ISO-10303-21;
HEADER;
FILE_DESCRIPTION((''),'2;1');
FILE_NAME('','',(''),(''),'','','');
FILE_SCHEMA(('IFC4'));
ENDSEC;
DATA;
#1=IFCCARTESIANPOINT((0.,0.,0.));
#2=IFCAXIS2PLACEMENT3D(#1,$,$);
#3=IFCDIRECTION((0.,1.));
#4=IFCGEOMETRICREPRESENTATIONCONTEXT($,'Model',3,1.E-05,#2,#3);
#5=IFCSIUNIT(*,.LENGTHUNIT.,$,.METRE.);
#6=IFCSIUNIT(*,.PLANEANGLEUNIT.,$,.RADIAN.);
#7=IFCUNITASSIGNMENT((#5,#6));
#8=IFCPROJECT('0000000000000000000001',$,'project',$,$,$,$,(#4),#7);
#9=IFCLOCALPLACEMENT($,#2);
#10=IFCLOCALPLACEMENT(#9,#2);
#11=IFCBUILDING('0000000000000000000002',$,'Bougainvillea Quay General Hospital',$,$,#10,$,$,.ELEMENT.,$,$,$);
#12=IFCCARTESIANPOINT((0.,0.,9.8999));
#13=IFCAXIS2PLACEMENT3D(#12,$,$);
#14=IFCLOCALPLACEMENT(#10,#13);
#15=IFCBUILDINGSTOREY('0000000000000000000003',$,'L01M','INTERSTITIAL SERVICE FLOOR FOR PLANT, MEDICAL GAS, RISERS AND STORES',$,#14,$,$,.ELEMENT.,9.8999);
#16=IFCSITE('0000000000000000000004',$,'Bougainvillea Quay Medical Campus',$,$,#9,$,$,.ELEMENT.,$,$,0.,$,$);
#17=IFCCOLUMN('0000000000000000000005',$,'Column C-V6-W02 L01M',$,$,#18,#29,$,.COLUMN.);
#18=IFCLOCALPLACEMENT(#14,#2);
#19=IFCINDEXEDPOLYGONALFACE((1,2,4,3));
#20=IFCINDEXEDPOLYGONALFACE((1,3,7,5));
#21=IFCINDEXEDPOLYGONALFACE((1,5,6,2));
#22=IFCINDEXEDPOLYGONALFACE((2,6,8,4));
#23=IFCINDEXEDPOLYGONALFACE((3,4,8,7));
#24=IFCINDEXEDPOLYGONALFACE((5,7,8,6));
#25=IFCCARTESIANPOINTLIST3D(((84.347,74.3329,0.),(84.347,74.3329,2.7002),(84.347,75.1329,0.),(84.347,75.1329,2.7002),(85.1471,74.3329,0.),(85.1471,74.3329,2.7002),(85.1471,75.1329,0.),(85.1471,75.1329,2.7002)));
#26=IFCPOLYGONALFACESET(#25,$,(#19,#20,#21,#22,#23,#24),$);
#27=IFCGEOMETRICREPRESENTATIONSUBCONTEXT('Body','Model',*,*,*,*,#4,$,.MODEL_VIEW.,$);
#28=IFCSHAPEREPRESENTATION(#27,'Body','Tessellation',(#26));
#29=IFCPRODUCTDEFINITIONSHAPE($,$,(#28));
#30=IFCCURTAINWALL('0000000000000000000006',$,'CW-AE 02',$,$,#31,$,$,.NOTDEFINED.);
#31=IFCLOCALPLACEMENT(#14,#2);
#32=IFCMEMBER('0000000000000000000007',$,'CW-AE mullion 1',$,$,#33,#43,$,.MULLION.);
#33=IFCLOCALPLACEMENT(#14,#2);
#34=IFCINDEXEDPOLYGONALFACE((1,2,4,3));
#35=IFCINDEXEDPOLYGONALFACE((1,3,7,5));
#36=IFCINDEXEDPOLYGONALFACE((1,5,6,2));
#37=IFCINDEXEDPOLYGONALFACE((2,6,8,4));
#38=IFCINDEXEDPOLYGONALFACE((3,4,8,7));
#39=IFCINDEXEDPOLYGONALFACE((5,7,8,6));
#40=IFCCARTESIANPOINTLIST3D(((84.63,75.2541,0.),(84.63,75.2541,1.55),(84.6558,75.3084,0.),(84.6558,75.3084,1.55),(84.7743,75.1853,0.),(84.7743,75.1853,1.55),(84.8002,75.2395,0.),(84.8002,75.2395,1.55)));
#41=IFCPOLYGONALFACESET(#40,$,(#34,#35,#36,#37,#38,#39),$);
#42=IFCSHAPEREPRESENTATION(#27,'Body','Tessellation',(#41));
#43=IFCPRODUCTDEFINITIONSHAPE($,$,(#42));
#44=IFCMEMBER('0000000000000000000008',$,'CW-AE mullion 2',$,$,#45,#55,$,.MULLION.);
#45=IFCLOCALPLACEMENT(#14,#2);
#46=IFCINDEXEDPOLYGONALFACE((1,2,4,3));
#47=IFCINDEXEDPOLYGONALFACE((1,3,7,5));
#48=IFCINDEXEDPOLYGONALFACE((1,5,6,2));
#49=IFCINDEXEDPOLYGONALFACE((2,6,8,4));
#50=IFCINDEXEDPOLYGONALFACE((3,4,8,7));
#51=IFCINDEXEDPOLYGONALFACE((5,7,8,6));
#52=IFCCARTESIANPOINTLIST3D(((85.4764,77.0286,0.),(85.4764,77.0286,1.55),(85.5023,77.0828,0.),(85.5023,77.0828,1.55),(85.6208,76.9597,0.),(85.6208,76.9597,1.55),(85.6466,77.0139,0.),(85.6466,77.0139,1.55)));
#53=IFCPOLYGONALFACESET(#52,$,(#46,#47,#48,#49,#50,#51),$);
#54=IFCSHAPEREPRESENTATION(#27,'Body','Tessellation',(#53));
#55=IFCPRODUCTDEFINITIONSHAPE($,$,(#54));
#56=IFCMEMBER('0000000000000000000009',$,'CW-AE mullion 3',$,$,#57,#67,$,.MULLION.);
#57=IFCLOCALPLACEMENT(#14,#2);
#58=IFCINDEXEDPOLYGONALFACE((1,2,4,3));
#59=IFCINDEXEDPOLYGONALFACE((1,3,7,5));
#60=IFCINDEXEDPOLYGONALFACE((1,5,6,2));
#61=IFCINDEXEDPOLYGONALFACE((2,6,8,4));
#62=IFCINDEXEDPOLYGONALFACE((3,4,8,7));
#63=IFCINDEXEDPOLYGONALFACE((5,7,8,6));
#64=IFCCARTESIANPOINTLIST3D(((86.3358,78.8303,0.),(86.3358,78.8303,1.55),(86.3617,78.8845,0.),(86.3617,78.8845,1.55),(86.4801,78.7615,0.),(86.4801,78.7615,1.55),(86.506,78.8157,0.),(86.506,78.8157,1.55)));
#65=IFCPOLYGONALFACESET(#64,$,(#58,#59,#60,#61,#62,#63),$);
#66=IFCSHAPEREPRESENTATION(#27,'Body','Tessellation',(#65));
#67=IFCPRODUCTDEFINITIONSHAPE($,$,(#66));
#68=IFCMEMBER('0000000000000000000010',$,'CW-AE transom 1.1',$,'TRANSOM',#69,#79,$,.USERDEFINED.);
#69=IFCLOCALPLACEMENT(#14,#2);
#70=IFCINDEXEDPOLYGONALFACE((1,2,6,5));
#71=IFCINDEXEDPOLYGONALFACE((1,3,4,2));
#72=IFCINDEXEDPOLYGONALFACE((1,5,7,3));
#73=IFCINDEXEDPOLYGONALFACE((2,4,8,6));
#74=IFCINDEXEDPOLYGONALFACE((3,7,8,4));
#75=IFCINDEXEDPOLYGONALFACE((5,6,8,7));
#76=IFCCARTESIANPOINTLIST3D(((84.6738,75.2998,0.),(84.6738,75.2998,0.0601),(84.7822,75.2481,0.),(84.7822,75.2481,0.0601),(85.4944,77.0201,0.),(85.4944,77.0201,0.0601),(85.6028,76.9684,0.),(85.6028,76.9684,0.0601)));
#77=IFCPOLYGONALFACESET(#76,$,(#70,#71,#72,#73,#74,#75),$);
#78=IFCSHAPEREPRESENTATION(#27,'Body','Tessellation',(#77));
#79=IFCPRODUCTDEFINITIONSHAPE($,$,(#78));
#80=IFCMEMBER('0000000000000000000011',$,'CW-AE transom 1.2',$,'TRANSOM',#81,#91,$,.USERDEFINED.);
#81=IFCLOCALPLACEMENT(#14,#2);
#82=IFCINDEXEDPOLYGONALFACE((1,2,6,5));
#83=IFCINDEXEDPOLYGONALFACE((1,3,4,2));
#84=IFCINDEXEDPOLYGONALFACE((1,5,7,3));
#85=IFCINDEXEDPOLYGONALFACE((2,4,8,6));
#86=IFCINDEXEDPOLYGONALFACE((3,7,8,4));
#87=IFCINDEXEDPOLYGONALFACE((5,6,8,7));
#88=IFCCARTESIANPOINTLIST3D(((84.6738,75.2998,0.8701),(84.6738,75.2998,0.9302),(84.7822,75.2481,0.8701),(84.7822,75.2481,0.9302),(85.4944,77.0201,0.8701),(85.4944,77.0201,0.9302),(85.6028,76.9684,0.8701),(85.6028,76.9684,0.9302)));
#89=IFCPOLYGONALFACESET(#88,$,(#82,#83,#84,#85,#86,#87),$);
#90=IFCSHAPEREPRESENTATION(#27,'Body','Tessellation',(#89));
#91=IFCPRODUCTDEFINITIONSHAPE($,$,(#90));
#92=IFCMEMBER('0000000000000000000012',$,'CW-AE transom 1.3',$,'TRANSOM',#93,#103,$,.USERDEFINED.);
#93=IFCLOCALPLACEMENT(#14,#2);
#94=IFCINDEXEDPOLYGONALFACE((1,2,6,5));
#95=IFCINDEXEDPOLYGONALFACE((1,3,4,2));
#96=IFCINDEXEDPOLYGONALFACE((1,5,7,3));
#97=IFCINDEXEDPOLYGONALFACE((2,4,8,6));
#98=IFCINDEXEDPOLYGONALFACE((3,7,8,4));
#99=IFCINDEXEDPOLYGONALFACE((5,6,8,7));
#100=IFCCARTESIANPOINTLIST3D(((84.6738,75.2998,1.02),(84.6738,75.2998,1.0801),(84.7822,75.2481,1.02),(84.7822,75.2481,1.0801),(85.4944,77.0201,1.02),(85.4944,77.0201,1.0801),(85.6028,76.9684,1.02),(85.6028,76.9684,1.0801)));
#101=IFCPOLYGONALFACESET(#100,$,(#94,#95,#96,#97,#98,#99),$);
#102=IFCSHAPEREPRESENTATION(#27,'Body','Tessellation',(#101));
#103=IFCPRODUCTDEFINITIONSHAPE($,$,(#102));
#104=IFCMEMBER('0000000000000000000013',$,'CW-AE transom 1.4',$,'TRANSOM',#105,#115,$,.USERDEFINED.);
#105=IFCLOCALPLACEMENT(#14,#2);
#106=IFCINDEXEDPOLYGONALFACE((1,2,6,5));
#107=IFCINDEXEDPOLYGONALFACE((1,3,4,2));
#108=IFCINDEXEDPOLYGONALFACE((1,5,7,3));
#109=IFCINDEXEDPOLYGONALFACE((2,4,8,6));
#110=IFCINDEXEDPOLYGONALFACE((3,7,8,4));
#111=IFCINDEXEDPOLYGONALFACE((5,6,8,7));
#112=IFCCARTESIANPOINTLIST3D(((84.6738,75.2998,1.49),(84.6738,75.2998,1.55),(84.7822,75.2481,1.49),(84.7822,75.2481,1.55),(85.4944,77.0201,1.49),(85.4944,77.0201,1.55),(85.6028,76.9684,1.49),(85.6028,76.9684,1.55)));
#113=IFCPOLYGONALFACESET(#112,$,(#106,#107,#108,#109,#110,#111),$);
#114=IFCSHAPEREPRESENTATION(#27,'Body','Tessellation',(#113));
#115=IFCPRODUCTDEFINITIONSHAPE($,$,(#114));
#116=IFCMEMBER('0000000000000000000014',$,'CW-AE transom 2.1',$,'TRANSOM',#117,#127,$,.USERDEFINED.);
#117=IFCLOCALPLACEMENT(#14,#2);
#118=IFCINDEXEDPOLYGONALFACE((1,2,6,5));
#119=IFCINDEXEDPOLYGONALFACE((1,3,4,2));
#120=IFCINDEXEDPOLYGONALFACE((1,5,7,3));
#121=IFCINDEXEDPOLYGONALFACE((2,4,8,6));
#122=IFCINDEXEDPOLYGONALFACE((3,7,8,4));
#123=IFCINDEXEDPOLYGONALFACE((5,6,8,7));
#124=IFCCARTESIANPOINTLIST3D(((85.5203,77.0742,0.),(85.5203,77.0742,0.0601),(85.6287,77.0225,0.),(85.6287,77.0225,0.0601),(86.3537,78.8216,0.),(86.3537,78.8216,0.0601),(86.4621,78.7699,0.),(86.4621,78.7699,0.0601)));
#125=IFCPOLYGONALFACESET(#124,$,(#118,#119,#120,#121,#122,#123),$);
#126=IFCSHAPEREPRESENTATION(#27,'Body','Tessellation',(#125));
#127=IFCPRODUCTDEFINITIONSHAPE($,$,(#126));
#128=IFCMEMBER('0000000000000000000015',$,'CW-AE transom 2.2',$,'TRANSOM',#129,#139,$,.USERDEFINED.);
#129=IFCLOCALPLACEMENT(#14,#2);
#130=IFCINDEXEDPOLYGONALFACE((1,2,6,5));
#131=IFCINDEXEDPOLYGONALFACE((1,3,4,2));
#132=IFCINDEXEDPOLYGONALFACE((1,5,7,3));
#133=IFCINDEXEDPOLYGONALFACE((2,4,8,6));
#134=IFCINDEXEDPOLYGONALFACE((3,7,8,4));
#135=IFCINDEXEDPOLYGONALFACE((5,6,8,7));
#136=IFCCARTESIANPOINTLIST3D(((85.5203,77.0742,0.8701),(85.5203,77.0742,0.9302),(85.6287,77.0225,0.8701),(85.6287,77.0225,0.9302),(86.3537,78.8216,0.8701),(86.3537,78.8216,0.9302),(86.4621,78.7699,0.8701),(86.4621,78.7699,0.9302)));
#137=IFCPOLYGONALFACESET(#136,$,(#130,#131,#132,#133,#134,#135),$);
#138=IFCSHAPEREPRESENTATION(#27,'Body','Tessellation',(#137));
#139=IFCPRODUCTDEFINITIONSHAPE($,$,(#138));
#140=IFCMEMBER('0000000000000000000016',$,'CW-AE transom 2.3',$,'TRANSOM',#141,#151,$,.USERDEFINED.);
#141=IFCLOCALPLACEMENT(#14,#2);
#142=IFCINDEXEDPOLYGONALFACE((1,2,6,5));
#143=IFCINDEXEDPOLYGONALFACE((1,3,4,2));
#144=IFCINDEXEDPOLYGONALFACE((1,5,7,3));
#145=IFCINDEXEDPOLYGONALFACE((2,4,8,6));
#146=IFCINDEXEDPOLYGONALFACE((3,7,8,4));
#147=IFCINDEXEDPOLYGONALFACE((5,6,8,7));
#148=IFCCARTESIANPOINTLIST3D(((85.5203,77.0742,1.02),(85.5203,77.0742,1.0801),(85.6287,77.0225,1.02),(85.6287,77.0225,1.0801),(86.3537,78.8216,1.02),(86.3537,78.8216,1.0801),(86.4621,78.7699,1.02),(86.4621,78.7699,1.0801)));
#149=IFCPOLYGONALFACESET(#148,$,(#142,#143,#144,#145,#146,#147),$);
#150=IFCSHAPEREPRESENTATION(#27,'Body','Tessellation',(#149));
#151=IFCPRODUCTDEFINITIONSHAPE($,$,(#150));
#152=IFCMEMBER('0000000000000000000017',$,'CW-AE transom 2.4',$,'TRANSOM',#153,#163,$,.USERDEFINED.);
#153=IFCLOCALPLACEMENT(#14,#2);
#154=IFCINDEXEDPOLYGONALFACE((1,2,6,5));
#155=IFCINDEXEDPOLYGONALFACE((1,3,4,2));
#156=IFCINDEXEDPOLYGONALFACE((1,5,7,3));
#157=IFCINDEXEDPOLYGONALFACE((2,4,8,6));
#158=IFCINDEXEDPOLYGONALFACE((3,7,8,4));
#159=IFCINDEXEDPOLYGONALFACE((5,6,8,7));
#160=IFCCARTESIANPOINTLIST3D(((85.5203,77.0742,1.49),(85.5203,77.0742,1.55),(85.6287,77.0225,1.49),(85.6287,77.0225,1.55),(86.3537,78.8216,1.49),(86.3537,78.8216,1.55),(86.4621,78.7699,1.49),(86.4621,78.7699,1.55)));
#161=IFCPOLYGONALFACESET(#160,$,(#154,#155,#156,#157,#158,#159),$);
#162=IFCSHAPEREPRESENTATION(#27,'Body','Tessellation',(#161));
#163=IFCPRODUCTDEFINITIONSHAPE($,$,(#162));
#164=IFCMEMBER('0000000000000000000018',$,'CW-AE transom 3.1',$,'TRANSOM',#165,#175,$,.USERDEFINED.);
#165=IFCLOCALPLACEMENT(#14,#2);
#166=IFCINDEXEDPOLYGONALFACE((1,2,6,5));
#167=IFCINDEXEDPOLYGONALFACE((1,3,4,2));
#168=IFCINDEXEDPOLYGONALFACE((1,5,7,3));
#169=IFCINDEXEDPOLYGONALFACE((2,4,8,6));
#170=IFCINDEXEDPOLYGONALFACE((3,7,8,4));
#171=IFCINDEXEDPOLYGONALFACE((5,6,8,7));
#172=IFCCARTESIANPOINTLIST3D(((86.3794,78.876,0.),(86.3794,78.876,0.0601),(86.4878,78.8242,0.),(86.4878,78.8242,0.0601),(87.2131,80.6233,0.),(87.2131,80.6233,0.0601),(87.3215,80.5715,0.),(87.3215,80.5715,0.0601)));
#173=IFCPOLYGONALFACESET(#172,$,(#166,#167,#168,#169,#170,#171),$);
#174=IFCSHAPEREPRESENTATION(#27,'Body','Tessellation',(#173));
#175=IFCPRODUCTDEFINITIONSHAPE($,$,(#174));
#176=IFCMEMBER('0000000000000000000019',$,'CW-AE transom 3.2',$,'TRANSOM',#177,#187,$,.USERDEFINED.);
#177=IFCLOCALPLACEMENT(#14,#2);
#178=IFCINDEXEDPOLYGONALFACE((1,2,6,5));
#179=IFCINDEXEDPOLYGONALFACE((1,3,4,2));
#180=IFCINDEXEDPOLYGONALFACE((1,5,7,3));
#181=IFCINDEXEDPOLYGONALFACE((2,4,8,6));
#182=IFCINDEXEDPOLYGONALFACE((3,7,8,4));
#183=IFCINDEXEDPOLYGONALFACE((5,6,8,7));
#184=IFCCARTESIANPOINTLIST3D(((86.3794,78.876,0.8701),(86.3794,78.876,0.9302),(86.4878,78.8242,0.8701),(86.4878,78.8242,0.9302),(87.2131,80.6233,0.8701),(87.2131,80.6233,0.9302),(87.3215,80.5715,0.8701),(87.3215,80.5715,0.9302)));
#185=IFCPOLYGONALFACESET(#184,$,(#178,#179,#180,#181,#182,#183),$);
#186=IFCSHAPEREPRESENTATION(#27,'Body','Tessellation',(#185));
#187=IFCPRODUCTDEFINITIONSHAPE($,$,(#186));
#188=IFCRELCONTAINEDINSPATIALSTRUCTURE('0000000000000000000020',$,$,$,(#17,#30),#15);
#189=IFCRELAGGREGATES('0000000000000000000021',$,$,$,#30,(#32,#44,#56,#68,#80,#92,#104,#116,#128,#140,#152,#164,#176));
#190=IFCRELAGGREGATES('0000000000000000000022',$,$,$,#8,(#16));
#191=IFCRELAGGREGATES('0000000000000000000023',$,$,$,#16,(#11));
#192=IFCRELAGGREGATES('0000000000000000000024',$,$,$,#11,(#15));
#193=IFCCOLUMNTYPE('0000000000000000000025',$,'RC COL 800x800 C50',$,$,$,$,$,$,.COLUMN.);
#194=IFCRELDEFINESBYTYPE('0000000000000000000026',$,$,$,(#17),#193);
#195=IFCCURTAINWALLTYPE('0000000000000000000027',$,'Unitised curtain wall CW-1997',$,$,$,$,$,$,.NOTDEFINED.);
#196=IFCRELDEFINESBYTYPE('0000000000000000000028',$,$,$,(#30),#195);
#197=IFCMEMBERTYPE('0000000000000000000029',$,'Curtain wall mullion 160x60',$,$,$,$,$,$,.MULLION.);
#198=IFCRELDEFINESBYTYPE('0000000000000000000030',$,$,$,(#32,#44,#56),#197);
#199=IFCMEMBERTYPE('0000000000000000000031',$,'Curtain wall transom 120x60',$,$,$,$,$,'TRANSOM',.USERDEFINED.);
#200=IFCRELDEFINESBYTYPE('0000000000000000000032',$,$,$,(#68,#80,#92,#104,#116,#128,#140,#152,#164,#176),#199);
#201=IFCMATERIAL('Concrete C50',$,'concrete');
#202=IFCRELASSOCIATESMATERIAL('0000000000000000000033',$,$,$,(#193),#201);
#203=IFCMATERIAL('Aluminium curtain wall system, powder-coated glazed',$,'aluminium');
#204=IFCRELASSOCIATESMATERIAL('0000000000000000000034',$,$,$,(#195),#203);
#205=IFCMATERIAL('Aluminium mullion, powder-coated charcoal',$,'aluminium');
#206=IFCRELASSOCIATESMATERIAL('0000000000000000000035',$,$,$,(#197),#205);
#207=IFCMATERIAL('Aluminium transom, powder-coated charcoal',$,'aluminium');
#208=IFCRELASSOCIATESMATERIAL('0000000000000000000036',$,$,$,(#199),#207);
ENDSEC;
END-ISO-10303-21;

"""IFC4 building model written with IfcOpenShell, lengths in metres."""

from ifc_helpers import new_model, si_unit, direction, frame, origin, origin_2d, place, context, subcontext, project, spatial, rectangle, extrude, material, material_profile, profile_set, type_object, element, aggregate, save


model = new_model("IFC4")

# Units and contexts
model_context = context("Model", 3, precision=1e-05, world=origin(), true_north=direction((0.0, 1.0)))
body_context = subcontext(model_context, "Body", "Model", "MODEL_VIEW")
ifc_project = project(units=[si_unit("LENGTHUNIT", "METRE"), si_unit("PLANEANGLEUNIT", "RADIAN")], contexts=[model_context])

# Site, building, storey
site_placement = place(None, origin())
site = spatial("IfcSite", under=ifc_project, at=site_placement, Name="Bougainvillea Quay Medical Campus", CompositionType="ELEMENT", RefElevation=0.0)
building_placement = place(site_placement, origin())
building = spatial("IfcBuilding", under=site, at=building_placement, Name="Bougainvillea Quay General Hospital", CompositionType="ELEMENT")
storey_placement = place(building_placement, frame((0.0, 0.0, 9.8999)))
storey = spatial("IfcBuildingStorey", under=building, at=storey_placement, Name="L01M", Description="INTERSTITIAL SERVICE FLOOR FOR PLANT, MEDICAL GAS, RISERS AND STORES", CompositionType="ELEMENT", Elevation=9.8999)

# Column
ifc_material_1 = material(Name="Concrete C50", Category="concrete")
ifc_material_profile_1 = material_profile(ifc_material_1, rectangle(XDim=0.8, YDim=0.8, at=origin_2d()))
ifc_profile_set_1 = profile_set([ifc_material_profile_1], Name="Concrete C50")
column_type = type_object("IfcColumnType", Name="RC COL 800x800 C50", PredefinedType="COLUMN", material=ifc_profile_set_1)
column_placement = place(storey_placement, frame((84.7471, 74.7329, 0.0), z_axis=(0.0, 0.0, 1.0), x_axis=(1.0, 0.0, 0.0)))
element("IfcColumn", 1, at=column_placement, inside=storey, type_object=column_type, Name="Column C-V6-W02 L01M", PredefinedType="COLUMN", context=body_context, shape_type="SweptSolid", body=[
    extrude(rectangle(XDim=0.8, YDim=0.8, at=origin_2d()), origin(), (0.0, 0.0, 1.0), 2.7002),
])

# Curtain wall, members
ifc_material_2 = material(Name="Aluminium curtain wall system, powder-coated glazed", Category="aluminium")
curtain_wall_type = type_object("IfcCurtainWallType", Name="Unitised curtain wall CW-1997", PredefinedType="NOTDEFINED", material=ifc_material_2)
curtain_wall_placement = place(storey_placement, origin())
curtain_wall = element("IfcCurtainWall", 2, at=curtain_wall_placement, inside=storey, type_object=curtain_wall_type, Name="CW-AE 02", PredefinedType="NOTDEFINED")
ifc_material_3 = material(Name="Aluminium mullion, powder-coated charcoal", Category="aluminium")
ifc_material_profile_2 = material_profile(ifc_material_3, rectangle(XDim=0.1599, YDim=0.0601, at=origin_2d()))
ifc_profile_set_2 = profile_set([ifc_material_profile_2], Name="Aluminium mullion, powder-coated charcoal")
member_type_1 = type_object("IfcMemberType", Name="Curtain wall mullion 160x60", PredefinedType="MULLION", material=ifc_profile_set_2)
member_1_placement = place(storey_placement, frame((84.7151, 75.2468, 0.0), z_axis=(0.0, 0.0, 1.0), x_axis=(-0.902578, 0.430525, 0.0)))
member_1 = element("IfcMember", 3, at=member_1_placement, type_object=member_type_1, Name="CW-AE mullion 1", PredefinedType="MULLION", context=body_context, shape_type="SweptSolid", body=[
    extrude(rectangle(XDim=0.1599, YDim=0.0601, at=origin_2d()), origin(), (0.0, 0.0, 1.0), 1.55),
])
member_2_placement = place(storey_placement, frame((85.5615, 77.0212, 0.0), z_axis=(0.0, 0.0, 1.0), x_axis=(-0.902578, 0.430525, 0.0)))
member_2 = element("IfcMember", 4, at=member_2_placement, type_object=member_type_1, Name="CW-AE mullion 2", PredefinedType="MULLION", context=body_context, shape_type="SweptSolid", body=[
    extrude(rectangle(XDim=0.1599, YDim=0.0601, at=origin_2d()), origin(), (0.0, 0.0, 1.0), 1.55),
])
member_3_placement = place(storey_placement, frame((86.4209, 78.823, 0.0), z_axis=(0.0, 0.0, 1.0), x_axis=(-0.902578, 0.430525, 0.0)))
member_3 = element("IfcMember", 5, at=member_3_placement, type_object=member_type_1, Name="CW-AE mullion 3", PredefinedType="MULLION", context=body_context, shape_type="SweptSolid", body=[
    extrude(rectangle(XDim=0.1599, YDim=0.0601, at=origin_2d()), origin(), (0.0, 0.0, 1.0), 1.55),
])
ifc_material_4 = material(Name="Aluminium transom, powder-coated charcoal", Category="aluminium")
ifc_material_profile_3 = material_profile(ifc_material_4, rectangle(XDim=0.1201, YDim=0.0601, at=origin_2d()))
ifc_profile_set_3 = profile_set([ifc_material_profile_3], Name="Aluminium transom, powder-coated charcoal")
member_type_2 = type_object("IfcMemberType", Name="Curtain wall transom 120x60", ElementType="TRANSOM", PredefinedType="USERDEFINED", material=ifc_profile_set_3)
member_4_placement = place(storey_placement, frame((84.728, 75.2739, 0.03), z_axis=(0.430535, 0.902574, 0.0), x_axis=(-0.902574, 0.430535, 0.0)))
member_4 = element("IfcMember", 6, at=member_4_placement, type_object=member_type_2, Name="CW-AE transom 1.1", ObjectType="TRANSOM", PredefinedType="USERDEFINED", context=body_context, shape_type="SweptSolid", body=[
    extrude(rectangle(XDim=0.1201, YDim=0.0601, at=origin_2d()), origin(), (0.0, 0.0, 1.0), 1.906),
])
member_5_placement = place(storey_placement, frame((84.728, 75.2739, 0.9001), z_axis=(0.430535, 0.902574, 0.0), x_axis=(-0.902574, 0.430535, 0.0)))
member_5 = element("IfcMember", 7, at=member_5_placement, type_object=member_type_2, Name="CW-AE transom 1.2", ObjectType="TRANSOM", PredefinedType="USERDEFINED", context=body_context, shape_type="SweptSolid", body=[
    extrude(rectangle(XDim=0.1201, YDim=0.0601, at=origin_2d()), origin(), (0.0, 0.0, 1.0), 1.906),
])
member_6_placement = place(storey_placement, frame((84.728, 75.2739, 1.05), z_axis=(0.430535, 0.902574, 0.0), x_axis=(-0.902574, 0.430535, 0.0)))
member_6 = element("IfcMember", 8, at=member_6_placement, type_object=member_type_2, Name="CW-AE transom 1.3", ObjectType="TRANSOM", PredefinedType="USERDEFINED", context=body_context, shape_type="SweptSolid", body=[
    extrude(rectangle(XDim=0.1201, YDim=0.0601, at=origin_2d()), origin(), (0.0, 0.0, 1.0), 1.906),
])
member_7_placement = place(storey_placement, frame((84.728, 75.2739, 1.52), z_axis=(0.430535, 0.902574, 0.0), x_axis=(-0.902574, 0.430535, 0.0)))
member_7 = element("IfcMember", 9, at=member_7_placement, type_object=member_type_2, Name="CW-AE transom 1.4", ObjectType="TRANSOM", PredefinedType="USERDEFINED", context=body_context, shape_type="SweptSolid", body=[
    extrude(rectangle(XDim=0.1201, YDim=0.0601, at=origin_2d()), origin(), (0.0, 0.0, 1.0), 1.906),
])
member_8_placement = place(storey_placement, frame((85.5745, 77.0483, 0.03), z_axis=(0.430491, 0.902595, 0.0), x_axis=(-0.902595, 0.430491, 0.0)))
member_8 = element("IfcMember", 10, at=member_8_placement, type_object=member_type_2, Name="CW-AE transom 2.1", ObjectType="TRANSOM", PredefinedType="USERDEFINED", context=body_context, shape_type="SweptSolid", body=[
    extrude(rectangle(XDim=0.1201, YDim=0.0601, at=origin_2d()), origin(), (0.0, 0.0, 1.0), 1.936),
])
member_9_placement = place(storey_placement, frame((85.5745, 77.0483, 0.9001), z_axis=(0.430491, 0.902595, 0.0), x_axis=(-0.902595, 0.430491, 0.0)))
member_9 = element("IfcMember", 11, at=member_9_placement, type_object=member_type_2, Name="CW-AE transom 2.2", ObjectType="TRANSOM", PredefinedType="USERDEFINED", context=body_context, shape_type="SweptSolid", body=[
    extrude(rectangle(XDim=0.1201, YDim=0.0601, at=origin_2d()), origin(), (0.0, 0.0, 1.0), 1.936),
])
member_10_placement = place(storey_placement, frame((85.5745, 77.0483, 1.05), z_axis=(0.430491, 0.902595, 0.0), x_axis=(-0.902595, 0.430491, 0.0)))
member_10 = element("IfcMember", 12, at=member_10_placement, type_object=member_type_2, Name="CW-AE transom 2.3", ObjectType="TRANSOM", PredefinedType="USERDEFINED", context=body_context, shape_type="SweptSolid", body=[
    extrude(rectangle(XDim=0.1201, YDim=0.0601, at=origin_2d()), origin(), (0.0, 0.0, 1.0), 1.936),
])
member_11_placement = place(storey_placement, frame((85.5745, 77.0483, 1.52), z_axis=(0.430491, 0.902595, 0.0), x_axis=(-0.902595, 0.430491, 0.0)))
member_11 = element("IfcMember", 13, at=member_11_placement, type_object=member_type_2, Name="CW-AE transom 2.4", ObjectType="TRANSOM", PredefinedType="USERDEFINED", context=body_context, shape_type="SweptSolid", body=[
    extrude(rectangle(XDim=0.1201, YDim=0.0601, at=origin_2d()), origin(), (0.0, 0.0, 1.0), 1.936),
])
member_12_placement = place(storey_placement, frame((86.4336, 78.8501, 0.03), z_axis=(0.430643, 0.902522, 0.0), x_axis=(-0.902522, 0.430643, 0.0)))
member_12 = element("IfcMember", 14, at=member_12_placement, type_object=member_type_2, Name="CW-AE transom 3.1", ObjectType="TRANSOM", PredefinedType="USERDEFINED", context=body_context, shape_type="SweptSolid", body=[
    extrude(rectangle(XDim=0.1201, YDim=0.0601, at=origin_2d()), origin(), (0.0, 0.0, 1.0), 1.936),
])
member_13_placement = place(storey_placement, frame((86.4336, 78.8501, 0.9001), z_axis=(0.430643, 0.902522, 0.0), x_axis=(-0.902522, 0.430643, 0.0)))
member_13 = element("IfcMember", 15, at=member_13_placement, type_object=member_type_2, Name="CW-AE transom 3.2", ObjectType="TRANSOM", PredefinedType="USERDEFINED", context=body_context, shape_type="SweptSolid", body=[
    extrude(rectangle(XDim=0.1201, YDim=0.0601, at=origin_2d()), origin(), (0.0, 0.0, 1.0), 1.936),
])
aggregate(curtain_wall, [member_1, member_2, member_3, member_4, member_5, member_6, member_7, member_8, member_9, member_10, member_11, member_12, member_13])

save(model, "model.ifc")
